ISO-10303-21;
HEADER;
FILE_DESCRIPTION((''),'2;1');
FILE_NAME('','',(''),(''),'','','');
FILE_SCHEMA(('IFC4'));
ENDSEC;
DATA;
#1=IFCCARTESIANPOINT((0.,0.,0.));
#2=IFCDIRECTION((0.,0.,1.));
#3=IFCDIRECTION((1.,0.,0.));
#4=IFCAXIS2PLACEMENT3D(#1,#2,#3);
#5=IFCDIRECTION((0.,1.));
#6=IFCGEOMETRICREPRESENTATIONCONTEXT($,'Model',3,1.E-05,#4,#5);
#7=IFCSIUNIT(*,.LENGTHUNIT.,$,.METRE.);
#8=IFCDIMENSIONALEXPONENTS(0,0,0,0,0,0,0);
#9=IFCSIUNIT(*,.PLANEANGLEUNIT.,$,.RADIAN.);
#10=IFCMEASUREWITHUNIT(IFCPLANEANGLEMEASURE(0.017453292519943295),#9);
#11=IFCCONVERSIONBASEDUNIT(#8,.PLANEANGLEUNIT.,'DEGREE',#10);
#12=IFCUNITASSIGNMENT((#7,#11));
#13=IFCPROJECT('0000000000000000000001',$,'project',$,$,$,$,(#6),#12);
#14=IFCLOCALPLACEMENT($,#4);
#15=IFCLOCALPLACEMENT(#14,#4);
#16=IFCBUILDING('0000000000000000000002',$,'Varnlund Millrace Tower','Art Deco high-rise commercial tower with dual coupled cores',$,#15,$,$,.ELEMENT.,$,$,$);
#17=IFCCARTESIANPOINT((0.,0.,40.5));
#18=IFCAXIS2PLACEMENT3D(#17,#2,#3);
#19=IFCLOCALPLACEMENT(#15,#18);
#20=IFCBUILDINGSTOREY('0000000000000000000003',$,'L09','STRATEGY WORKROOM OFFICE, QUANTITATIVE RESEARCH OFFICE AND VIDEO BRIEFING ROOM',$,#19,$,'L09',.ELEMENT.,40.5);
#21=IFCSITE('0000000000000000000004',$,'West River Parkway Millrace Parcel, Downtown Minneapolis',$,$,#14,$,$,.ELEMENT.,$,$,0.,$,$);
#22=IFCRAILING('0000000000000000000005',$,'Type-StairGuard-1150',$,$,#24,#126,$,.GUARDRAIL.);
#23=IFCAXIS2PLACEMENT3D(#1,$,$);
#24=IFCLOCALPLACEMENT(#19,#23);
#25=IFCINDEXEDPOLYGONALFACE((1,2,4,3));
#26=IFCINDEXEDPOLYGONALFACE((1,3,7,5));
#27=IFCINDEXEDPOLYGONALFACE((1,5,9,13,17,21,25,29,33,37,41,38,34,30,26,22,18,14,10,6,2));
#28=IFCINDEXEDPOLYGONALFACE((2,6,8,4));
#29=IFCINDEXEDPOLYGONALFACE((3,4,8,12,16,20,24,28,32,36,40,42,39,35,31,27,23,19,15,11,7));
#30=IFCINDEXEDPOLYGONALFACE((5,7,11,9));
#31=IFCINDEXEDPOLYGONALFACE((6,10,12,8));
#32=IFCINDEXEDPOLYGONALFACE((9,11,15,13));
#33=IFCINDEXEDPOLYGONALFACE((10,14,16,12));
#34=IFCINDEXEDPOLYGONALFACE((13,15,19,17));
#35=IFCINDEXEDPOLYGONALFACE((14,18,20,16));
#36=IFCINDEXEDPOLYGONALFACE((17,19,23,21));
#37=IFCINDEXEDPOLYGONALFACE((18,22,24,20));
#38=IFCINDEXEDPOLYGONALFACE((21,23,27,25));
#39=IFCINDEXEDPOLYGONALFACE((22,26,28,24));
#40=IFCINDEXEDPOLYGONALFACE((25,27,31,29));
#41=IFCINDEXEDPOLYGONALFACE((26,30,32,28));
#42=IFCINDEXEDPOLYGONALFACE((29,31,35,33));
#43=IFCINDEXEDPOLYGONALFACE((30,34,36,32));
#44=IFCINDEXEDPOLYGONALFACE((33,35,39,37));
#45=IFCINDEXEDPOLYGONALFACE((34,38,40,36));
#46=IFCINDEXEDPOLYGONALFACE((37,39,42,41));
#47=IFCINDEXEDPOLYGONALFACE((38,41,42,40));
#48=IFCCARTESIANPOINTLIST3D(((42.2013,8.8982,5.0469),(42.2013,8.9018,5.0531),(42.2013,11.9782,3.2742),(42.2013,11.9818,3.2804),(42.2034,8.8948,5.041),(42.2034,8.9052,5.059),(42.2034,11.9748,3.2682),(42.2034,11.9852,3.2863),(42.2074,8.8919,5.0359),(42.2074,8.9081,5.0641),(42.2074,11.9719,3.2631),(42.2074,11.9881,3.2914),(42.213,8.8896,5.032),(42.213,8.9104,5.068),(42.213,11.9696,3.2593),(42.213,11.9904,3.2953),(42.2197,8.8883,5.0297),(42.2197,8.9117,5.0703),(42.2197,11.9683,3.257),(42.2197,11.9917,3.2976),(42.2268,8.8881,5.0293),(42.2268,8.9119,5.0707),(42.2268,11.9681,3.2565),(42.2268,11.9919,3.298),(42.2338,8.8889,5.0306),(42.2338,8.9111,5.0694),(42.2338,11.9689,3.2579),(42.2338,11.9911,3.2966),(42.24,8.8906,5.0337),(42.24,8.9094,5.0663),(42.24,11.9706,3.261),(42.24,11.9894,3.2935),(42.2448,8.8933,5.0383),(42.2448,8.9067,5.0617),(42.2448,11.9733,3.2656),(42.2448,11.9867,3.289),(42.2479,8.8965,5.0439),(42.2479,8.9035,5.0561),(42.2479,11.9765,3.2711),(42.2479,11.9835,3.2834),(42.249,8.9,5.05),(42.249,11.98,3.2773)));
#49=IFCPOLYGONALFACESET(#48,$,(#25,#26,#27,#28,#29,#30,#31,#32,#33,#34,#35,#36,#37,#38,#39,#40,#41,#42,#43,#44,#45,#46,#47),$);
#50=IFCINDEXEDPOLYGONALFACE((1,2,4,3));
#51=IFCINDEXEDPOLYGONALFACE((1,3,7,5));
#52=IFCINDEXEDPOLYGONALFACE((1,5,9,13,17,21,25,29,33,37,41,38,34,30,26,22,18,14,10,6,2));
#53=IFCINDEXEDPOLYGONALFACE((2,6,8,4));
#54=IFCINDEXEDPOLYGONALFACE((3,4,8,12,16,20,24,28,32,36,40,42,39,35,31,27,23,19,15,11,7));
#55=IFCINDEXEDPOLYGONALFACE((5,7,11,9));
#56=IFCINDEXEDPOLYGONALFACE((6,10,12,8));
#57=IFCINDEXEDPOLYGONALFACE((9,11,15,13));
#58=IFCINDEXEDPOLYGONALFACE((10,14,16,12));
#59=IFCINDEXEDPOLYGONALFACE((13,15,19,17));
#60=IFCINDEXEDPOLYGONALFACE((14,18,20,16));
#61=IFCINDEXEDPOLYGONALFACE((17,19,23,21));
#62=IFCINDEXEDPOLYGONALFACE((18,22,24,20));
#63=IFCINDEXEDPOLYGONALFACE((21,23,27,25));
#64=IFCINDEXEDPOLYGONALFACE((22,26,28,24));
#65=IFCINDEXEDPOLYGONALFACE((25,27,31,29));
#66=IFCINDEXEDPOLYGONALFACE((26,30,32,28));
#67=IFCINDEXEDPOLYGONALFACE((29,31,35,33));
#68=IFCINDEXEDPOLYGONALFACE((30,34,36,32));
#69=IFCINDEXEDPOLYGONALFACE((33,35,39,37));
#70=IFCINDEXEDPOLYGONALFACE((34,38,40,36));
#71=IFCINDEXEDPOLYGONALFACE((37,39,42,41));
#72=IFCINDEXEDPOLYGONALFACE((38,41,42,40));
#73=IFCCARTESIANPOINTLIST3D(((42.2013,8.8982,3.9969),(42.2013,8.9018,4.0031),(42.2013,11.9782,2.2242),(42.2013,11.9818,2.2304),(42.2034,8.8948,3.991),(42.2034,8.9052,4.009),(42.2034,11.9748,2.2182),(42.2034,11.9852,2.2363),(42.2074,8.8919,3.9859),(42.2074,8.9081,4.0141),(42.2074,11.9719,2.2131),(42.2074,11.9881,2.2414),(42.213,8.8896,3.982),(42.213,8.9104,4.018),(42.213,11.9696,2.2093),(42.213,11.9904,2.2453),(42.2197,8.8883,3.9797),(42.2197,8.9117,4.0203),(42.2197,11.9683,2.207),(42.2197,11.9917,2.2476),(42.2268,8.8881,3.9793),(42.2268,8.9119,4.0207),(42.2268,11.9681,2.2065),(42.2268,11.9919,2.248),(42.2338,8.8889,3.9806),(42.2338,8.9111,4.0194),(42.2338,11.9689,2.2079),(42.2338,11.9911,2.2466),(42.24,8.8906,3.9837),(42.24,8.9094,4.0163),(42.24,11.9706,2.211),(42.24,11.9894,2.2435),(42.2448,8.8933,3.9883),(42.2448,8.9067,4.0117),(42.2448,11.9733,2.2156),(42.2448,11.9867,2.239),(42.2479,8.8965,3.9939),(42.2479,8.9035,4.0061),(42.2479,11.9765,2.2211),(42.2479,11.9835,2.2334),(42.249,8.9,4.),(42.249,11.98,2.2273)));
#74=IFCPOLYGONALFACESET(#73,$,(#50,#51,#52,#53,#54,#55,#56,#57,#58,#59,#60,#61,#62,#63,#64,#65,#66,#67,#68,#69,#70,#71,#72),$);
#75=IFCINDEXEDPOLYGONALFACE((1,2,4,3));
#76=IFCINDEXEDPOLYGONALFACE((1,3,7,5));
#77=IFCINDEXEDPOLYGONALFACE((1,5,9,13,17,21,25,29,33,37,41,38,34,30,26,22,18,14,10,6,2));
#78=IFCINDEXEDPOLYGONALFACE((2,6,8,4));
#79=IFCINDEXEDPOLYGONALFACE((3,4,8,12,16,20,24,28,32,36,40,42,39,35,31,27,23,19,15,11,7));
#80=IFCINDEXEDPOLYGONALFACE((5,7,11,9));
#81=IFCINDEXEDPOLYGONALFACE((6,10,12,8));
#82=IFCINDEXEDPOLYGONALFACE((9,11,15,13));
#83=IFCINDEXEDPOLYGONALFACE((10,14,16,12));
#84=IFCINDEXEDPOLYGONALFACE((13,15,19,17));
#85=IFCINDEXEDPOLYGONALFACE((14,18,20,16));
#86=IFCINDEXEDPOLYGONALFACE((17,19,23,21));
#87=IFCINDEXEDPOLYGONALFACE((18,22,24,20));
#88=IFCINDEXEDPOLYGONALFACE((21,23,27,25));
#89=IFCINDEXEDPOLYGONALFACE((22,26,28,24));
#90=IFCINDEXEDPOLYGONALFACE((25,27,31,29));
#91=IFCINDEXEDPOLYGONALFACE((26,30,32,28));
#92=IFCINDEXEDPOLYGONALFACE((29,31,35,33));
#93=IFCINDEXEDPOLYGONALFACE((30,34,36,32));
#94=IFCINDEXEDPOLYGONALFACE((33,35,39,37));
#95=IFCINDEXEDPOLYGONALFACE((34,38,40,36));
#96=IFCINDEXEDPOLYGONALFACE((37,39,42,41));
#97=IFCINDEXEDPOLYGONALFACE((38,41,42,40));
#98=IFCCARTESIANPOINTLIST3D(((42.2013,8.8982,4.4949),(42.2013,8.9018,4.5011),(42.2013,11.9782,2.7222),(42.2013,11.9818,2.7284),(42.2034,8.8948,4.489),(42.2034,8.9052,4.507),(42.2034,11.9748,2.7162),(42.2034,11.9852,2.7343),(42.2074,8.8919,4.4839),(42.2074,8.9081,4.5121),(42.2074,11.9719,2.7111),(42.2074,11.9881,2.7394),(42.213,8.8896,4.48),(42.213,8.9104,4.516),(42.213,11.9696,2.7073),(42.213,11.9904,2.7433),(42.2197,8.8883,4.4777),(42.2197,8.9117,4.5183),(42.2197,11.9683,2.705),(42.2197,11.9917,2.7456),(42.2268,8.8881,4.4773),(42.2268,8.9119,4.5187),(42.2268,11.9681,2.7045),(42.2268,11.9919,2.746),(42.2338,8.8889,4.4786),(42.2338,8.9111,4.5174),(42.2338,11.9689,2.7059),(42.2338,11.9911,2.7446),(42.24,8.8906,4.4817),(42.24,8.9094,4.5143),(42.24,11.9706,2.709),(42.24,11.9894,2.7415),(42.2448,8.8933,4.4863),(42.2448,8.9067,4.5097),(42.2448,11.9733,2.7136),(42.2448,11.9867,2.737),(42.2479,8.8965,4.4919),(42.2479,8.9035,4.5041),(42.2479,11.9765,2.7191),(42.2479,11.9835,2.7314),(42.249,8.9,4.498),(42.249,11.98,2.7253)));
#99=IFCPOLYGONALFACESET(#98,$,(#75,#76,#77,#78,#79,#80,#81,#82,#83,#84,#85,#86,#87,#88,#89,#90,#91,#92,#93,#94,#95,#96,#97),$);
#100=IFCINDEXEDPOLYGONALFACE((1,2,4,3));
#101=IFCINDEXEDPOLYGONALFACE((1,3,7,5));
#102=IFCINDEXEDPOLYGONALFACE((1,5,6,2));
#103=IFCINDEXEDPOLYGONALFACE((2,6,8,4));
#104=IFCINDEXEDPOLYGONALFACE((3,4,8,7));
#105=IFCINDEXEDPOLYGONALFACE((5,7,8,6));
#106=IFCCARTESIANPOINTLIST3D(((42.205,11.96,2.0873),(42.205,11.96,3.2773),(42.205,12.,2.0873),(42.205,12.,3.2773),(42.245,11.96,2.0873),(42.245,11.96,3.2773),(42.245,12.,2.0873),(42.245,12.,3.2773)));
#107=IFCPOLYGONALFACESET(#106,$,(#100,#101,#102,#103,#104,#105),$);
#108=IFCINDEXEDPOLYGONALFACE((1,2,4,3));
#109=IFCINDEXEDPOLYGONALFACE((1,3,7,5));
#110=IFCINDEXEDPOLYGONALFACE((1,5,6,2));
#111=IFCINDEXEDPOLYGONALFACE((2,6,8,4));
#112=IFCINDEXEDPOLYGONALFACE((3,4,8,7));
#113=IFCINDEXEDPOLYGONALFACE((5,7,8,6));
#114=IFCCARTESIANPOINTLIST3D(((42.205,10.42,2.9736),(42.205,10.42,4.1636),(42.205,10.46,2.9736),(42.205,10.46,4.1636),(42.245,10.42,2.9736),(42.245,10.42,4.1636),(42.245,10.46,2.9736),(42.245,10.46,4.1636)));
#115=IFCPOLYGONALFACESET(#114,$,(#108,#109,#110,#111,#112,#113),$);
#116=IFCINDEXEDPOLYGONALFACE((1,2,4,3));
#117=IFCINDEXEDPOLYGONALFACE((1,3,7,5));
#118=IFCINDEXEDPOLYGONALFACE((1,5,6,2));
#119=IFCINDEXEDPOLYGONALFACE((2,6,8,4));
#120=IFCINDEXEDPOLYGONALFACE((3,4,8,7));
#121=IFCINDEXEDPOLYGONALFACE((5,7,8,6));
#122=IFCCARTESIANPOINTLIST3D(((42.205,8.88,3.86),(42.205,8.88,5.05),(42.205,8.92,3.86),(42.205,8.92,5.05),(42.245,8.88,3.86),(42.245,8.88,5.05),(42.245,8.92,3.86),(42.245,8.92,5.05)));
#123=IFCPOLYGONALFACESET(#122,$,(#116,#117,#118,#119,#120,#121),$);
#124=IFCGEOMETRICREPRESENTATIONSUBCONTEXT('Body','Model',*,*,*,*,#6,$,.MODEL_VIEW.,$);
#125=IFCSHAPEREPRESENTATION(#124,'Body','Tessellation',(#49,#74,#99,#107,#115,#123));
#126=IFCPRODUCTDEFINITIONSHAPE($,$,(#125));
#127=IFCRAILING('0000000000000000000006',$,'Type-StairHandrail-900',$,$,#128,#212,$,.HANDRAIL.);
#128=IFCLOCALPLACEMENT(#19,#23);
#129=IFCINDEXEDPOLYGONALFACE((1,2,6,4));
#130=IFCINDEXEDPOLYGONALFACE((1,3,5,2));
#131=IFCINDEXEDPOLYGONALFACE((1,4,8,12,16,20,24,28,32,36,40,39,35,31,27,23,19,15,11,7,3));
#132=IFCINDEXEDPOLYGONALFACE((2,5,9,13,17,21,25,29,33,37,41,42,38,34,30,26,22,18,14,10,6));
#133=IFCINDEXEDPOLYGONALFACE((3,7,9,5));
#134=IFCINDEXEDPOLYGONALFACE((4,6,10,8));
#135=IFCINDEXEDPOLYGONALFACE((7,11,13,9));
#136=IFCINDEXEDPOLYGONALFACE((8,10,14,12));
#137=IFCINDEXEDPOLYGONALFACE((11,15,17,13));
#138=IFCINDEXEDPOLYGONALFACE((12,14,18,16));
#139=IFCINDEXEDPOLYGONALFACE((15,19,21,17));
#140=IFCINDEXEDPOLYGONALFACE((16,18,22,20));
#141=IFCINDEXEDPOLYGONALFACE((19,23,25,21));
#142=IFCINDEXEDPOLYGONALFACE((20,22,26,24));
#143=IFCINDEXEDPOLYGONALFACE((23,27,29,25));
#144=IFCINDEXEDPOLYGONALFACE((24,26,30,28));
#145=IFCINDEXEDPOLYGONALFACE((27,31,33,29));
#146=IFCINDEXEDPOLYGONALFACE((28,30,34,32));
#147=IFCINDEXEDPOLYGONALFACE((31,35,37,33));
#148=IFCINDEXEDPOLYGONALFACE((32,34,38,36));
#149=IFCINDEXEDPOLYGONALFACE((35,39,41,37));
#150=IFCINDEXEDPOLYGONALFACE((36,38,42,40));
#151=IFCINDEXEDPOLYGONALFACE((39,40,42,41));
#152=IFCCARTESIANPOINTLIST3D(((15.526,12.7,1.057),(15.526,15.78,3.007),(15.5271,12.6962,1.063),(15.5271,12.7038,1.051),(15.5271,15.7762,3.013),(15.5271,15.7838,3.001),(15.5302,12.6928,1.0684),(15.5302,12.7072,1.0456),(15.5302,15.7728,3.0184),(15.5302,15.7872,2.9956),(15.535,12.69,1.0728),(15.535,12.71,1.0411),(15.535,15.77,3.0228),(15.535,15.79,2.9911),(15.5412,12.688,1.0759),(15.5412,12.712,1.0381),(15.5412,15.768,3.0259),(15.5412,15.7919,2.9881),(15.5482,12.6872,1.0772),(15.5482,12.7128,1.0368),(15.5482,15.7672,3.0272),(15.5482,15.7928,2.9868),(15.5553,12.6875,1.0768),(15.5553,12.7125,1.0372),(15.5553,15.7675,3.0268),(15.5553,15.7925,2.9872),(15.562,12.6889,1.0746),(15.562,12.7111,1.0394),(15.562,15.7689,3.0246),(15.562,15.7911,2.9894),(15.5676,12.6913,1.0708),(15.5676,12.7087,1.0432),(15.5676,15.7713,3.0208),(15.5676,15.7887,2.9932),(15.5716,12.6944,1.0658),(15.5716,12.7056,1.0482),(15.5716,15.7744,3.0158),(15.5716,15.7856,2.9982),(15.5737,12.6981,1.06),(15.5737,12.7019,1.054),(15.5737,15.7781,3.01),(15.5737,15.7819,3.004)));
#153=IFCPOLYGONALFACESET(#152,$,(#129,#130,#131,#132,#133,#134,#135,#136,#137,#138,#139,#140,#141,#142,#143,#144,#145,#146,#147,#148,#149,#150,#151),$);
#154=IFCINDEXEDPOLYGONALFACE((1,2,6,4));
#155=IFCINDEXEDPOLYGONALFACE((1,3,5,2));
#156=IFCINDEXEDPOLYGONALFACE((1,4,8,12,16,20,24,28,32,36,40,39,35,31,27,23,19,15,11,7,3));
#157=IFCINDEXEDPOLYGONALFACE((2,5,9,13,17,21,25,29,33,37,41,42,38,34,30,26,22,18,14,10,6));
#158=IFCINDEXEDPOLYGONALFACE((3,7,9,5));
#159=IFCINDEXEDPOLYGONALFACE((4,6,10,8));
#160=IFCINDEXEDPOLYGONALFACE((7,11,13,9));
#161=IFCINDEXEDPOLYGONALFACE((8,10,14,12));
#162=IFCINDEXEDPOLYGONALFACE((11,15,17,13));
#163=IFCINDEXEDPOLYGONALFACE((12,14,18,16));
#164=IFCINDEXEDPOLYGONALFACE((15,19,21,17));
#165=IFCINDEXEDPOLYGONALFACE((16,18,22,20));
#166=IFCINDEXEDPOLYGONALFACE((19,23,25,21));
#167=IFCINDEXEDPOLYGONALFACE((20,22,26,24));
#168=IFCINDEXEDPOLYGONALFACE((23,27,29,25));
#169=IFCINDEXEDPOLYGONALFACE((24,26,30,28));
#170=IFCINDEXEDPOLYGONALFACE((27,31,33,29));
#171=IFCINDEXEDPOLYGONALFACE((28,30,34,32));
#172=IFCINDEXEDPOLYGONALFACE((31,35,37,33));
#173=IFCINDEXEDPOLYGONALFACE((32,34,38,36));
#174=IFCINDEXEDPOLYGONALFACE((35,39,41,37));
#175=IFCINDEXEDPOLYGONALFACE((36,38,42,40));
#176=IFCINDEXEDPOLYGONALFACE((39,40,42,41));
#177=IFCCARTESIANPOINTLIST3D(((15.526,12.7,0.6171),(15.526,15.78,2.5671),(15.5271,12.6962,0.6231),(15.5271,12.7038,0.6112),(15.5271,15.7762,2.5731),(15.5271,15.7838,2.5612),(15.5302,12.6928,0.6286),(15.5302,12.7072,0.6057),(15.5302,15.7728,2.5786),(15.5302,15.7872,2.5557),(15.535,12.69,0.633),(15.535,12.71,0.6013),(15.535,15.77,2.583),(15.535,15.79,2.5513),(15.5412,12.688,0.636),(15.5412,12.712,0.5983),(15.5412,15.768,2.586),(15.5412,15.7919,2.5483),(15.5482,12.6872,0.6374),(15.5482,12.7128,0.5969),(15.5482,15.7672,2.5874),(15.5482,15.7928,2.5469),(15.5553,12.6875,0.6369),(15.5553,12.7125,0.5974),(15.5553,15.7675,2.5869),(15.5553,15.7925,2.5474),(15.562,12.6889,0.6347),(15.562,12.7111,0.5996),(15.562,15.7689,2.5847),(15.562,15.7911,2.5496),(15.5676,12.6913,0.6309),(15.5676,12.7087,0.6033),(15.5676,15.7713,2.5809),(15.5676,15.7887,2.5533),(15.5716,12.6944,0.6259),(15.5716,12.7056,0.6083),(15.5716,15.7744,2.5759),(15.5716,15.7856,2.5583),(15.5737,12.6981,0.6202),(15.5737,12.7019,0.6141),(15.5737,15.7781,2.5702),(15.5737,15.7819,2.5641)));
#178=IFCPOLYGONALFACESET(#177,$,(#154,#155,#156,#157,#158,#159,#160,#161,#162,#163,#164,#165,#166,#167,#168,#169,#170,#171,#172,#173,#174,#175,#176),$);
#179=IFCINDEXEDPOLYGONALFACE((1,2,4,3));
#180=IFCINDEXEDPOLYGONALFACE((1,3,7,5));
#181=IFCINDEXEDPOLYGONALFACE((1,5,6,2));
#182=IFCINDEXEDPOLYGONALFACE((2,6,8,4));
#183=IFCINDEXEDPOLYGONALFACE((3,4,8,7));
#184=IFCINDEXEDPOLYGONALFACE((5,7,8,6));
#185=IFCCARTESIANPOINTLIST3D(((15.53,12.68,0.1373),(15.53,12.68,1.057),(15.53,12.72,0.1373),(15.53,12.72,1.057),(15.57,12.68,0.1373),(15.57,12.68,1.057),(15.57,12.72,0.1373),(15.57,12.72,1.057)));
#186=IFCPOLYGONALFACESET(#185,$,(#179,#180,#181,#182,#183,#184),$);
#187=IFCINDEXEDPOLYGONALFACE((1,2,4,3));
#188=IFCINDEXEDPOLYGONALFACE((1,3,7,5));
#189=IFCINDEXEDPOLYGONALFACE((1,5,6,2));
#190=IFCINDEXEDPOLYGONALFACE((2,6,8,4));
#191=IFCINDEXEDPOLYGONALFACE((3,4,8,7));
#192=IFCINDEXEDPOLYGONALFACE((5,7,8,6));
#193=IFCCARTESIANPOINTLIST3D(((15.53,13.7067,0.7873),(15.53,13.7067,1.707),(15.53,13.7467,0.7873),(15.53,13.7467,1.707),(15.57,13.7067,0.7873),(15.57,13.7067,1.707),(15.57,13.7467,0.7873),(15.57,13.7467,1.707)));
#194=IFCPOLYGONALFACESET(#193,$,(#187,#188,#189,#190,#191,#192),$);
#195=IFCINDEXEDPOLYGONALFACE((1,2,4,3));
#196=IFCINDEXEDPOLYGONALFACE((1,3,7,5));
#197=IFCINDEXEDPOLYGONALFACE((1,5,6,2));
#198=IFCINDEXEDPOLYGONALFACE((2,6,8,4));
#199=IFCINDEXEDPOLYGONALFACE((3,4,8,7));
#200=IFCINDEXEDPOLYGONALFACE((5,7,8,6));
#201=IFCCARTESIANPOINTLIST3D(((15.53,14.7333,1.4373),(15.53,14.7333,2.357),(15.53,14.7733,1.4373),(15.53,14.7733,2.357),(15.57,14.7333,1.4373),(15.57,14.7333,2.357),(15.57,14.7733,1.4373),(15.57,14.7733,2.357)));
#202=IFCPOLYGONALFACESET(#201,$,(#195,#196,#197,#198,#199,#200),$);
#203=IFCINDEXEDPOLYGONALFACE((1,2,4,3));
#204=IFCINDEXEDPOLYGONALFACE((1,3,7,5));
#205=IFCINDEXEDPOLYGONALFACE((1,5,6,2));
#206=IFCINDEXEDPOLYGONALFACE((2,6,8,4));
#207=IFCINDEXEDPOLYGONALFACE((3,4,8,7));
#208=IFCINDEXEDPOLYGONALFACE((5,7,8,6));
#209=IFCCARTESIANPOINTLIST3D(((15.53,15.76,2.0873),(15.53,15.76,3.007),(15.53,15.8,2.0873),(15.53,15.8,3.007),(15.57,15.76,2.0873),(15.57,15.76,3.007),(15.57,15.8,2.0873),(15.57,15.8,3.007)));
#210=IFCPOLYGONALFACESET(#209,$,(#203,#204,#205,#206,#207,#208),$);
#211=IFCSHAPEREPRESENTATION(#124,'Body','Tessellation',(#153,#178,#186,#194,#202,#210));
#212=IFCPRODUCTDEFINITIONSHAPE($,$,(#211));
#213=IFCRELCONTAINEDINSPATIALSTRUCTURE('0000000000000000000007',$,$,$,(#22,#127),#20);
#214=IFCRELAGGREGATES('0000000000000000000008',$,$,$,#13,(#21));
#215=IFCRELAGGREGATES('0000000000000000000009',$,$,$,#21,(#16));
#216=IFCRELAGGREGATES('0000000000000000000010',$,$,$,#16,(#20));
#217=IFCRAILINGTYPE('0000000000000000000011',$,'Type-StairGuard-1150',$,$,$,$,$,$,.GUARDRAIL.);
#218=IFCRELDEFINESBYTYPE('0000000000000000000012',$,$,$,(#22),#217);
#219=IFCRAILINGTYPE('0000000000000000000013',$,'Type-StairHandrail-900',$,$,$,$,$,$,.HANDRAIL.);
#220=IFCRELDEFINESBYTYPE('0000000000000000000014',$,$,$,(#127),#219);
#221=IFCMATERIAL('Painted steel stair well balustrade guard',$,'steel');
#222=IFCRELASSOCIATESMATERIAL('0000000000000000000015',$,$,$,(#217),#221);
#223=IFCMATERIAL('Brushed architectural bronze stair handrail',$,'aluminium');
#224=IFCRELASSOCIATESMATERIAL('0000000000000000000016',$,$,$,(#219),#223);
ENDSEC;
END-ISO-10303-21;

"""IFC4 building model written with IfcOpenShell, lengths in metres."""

from ifc_helpers import new_model, entity, si_unit, converted_unit, direction, frame, origin_with_axes, origin_2d_with_axis, place, context, subcontext, project, spatial, rectangle, circle, extrude, material, type_object, element, save


model = new_model("IFC4")

# Units and contexts
model_context = context("Model", 3, precision=1e-05, world=origin_with_axes(), true_north=direction((0.0, 1.0)))
body_context = subcontext(model_context, "Body", "Model", "MODEL_VIEW")
ifc_project = project(units=[si_unit("LENGTHUNIT", "METRE"), converted_unit("PLANEANGLEUNIT", "DEGREE", entity("IfcPlaneAngleMeasure", 0.017453292519943295), si_unit("PLANEANGLEUNIT", "RADIAN"), dimensions=[0, 0, 0, 0, 0, 0, 0])], contexts=[model_context])

# Site, building, storey
site_placement = place(None, origin_with_axes())
site = spatial("IfcSite", under=ifc_project, at=site_placement, Name="West River Parkway Millrace Parcel, Downtown Minneapolis", CompositionType="ELEMENT", RefElevation=0.0)
building_placement = place(site_placement, origin_with_axes())
building = spatial("IfcBuilding", under=site, at=building_placement, Name="Varnlund Millrace Tower", Description="Art Deco high-rise commercial tower with dual coupled cores", CompositionType="ELEMENT")
storey_placement = place(building_placement, frame((0.0, 0.0, 40.5), z_axis=(0.0, 0.0, 1.0), x_axis=(1.0, 0.0, 0.0)))
storey = spatial("IfcBuildingStorey", under=building, at=storey_placement, Name="L09", Description="STRATEGY WORKROOM OFFICE, QUANTITATIVE RESEARCH OFFICE AND VIDEO BRIEFING ROOM", LongName="L09", CompositionType="ELEMENT", Elevation=40.5)

# Railings
ifc_material_1 = material(Name="Painted steel stair well balustrade guard", Category="steel")
railing_type_1 = type_object("IfcRailingType", Name="Type-StairGuard-1150", PredefinedType="GUARDRAIL", material=ifc_material_1)
railing_1_placement = place(storey_placement, frame((0.0, 0.0, -40.5), z_axis=(0.0, 0.0, 1.0), x_axis=(1.0, 0.0, 0.0)))
element("IfcRailing", 1, at=railing_1_placement, inside=storey, type_object=railing_type_1, Name="Type-StairGuard-1150", PredefinedType="GUARDRAIL", context=body_context, shape_type="SweptSolid", body=[
    extrude(circle(Radius=0.024, at=origin_2d_with_axis()), frame((42.225, 11.98, 43.7773), z_axis=(0.0, -0.866696, 0.498836), x_axis=(1.0, 0.0, 0.0)), (0.0, 0.0, 1.0), 3.5537),
    extrude(circle(Radius=0.024, at=origin_2d_with_axis()), frame((42.225, 11.98, 42.7273), z_axis=(0.0, -0.866696, 0.498836), x_axis=(1.0, 0.0, 0.0)), (0.0, 0.0, 1.0), 3.5537),
    extrude(circle(Radius=0.024, at=origin_2d_with_axis()), frame((42.225, 11.98, 43.2253), z_axis=(0.0, -0.866696, 0.498836), x_axis=(1.0, 0.0, 0.0)), (0.0, 0.0, 1.0), 3.5537),
    extrude(rectangle(XDim=0.04, YDim=0.04, at=origin_2d_with_axis()), frame((42.225, 11.98, 42.5873), z_axis=(0.0, 0.0, 1.0), x_axis=(1.0, 0.0, 0.0)), (0.0, 0.0, 1.0), 1.19),
    extrude(rectangle(XDim=0.04, YDim=0.04, at=origin_2d_with_axis()), frame((42.225, 10.44, 43.4736), z_axis=(0.0, 0.0, 1.0), x_axis=(1.0, 0.0, 0.0)), (0.0, 0.0, 1.0), 1.19),
    extrude(rectangle(XDim=0.04, YDim=0.04, at=origin_2d_with_axis()), frame((42.225, 8.9, 44.36), z_axis=(0.0, 0.0, 1.0), x_axis=(1.0, 0.0, 0.0)), (0.0, 0.0, 1.0), 1.19),
])
ifc_material_2 = material(Name="Brushed architectural bronze stair handrail", Category="aluminium")
railing_type_2 = type_object("IfcRailingType", Name="Type-StairHandrail-900", PredefinedType="HANDRAIL", material=ifc_material_2)
railing_2_placement = place(storey_placement, frame((0.0, 0.0, -40.5), z_axis=(0.0, 0.0, 1.0), x_axis=(1.0, 0.0, 0.0)))
element("IfcRailing", 2, at=railing_2_placement, inside=storey, type_object=railing_type_2, Name="Type-StairHandrail-900", PredefinedType="HANDRAIL", context=body_context, shape_type="SweptSolid", body=[
    extrude(circle(Radius=0.024, at=origin_2d_with_axis()), frame((15.55, 12.7, 41.557), z_axis=(0.0, 0.844902, 0.534922), x_axis=(-1.0, 0.0, 0.0)), (0.0, 0.0, 1.0), 3.6454),
    extrude(circle(Radius=0.024, at=origin_2d_with_axis()), frame((15.55, 12.7, 41.1171), z_axis=(0.0, 0.844902, 0.534922), x_axis=(-1.0, 0.0, 0.0)), (0.0, 0.0, 1.0), 3.6454),
    extrude(rectangle(XDim=0.04, YDim=0.04, at=origin_2d_with_axis()), frame((15.55, 12.7, 40.6373), z_axis=(0.0, 0.0, 1.0), x_axis=(1.0, 0.0, 0.0)), (0.0, 0.0, 1.0), 0.9197),
    extrude(rectangle(XDim=0.04, YDim=0.04, at=origin_2d_with_axis()), frame((15.55, 13.7267, 41.2873), z_axis=(0.0, 0.0, 1.0), x_axis=(1.0, 0.0, 0.0)), (0.0, 0.0, 1.0), 0.9197),
    extrude(rectangle(XDim=0.04, YDim=0.04, at=origin_2d_with_axis()), frame((15.55, 14.7533, 41.9373), z_axis=(0.0, 0.0, 1.0), x_axis=(1.0, 0.0, 0.0)), (0.0, 0.0, 1.0), 0.9197),
    extrude(rectangle(XDim=0.04, YDim=0.04, at=origin_2d_with_axis()), frame((15.55, 15.78, 42.5873), z_axis=(0.0, 0.0, 1.0), x_axis=(1.0, 0.0, 0.0)), (0.0, 0.0, 1.0), 0.9197),
])

save(model, "model.ifc")
